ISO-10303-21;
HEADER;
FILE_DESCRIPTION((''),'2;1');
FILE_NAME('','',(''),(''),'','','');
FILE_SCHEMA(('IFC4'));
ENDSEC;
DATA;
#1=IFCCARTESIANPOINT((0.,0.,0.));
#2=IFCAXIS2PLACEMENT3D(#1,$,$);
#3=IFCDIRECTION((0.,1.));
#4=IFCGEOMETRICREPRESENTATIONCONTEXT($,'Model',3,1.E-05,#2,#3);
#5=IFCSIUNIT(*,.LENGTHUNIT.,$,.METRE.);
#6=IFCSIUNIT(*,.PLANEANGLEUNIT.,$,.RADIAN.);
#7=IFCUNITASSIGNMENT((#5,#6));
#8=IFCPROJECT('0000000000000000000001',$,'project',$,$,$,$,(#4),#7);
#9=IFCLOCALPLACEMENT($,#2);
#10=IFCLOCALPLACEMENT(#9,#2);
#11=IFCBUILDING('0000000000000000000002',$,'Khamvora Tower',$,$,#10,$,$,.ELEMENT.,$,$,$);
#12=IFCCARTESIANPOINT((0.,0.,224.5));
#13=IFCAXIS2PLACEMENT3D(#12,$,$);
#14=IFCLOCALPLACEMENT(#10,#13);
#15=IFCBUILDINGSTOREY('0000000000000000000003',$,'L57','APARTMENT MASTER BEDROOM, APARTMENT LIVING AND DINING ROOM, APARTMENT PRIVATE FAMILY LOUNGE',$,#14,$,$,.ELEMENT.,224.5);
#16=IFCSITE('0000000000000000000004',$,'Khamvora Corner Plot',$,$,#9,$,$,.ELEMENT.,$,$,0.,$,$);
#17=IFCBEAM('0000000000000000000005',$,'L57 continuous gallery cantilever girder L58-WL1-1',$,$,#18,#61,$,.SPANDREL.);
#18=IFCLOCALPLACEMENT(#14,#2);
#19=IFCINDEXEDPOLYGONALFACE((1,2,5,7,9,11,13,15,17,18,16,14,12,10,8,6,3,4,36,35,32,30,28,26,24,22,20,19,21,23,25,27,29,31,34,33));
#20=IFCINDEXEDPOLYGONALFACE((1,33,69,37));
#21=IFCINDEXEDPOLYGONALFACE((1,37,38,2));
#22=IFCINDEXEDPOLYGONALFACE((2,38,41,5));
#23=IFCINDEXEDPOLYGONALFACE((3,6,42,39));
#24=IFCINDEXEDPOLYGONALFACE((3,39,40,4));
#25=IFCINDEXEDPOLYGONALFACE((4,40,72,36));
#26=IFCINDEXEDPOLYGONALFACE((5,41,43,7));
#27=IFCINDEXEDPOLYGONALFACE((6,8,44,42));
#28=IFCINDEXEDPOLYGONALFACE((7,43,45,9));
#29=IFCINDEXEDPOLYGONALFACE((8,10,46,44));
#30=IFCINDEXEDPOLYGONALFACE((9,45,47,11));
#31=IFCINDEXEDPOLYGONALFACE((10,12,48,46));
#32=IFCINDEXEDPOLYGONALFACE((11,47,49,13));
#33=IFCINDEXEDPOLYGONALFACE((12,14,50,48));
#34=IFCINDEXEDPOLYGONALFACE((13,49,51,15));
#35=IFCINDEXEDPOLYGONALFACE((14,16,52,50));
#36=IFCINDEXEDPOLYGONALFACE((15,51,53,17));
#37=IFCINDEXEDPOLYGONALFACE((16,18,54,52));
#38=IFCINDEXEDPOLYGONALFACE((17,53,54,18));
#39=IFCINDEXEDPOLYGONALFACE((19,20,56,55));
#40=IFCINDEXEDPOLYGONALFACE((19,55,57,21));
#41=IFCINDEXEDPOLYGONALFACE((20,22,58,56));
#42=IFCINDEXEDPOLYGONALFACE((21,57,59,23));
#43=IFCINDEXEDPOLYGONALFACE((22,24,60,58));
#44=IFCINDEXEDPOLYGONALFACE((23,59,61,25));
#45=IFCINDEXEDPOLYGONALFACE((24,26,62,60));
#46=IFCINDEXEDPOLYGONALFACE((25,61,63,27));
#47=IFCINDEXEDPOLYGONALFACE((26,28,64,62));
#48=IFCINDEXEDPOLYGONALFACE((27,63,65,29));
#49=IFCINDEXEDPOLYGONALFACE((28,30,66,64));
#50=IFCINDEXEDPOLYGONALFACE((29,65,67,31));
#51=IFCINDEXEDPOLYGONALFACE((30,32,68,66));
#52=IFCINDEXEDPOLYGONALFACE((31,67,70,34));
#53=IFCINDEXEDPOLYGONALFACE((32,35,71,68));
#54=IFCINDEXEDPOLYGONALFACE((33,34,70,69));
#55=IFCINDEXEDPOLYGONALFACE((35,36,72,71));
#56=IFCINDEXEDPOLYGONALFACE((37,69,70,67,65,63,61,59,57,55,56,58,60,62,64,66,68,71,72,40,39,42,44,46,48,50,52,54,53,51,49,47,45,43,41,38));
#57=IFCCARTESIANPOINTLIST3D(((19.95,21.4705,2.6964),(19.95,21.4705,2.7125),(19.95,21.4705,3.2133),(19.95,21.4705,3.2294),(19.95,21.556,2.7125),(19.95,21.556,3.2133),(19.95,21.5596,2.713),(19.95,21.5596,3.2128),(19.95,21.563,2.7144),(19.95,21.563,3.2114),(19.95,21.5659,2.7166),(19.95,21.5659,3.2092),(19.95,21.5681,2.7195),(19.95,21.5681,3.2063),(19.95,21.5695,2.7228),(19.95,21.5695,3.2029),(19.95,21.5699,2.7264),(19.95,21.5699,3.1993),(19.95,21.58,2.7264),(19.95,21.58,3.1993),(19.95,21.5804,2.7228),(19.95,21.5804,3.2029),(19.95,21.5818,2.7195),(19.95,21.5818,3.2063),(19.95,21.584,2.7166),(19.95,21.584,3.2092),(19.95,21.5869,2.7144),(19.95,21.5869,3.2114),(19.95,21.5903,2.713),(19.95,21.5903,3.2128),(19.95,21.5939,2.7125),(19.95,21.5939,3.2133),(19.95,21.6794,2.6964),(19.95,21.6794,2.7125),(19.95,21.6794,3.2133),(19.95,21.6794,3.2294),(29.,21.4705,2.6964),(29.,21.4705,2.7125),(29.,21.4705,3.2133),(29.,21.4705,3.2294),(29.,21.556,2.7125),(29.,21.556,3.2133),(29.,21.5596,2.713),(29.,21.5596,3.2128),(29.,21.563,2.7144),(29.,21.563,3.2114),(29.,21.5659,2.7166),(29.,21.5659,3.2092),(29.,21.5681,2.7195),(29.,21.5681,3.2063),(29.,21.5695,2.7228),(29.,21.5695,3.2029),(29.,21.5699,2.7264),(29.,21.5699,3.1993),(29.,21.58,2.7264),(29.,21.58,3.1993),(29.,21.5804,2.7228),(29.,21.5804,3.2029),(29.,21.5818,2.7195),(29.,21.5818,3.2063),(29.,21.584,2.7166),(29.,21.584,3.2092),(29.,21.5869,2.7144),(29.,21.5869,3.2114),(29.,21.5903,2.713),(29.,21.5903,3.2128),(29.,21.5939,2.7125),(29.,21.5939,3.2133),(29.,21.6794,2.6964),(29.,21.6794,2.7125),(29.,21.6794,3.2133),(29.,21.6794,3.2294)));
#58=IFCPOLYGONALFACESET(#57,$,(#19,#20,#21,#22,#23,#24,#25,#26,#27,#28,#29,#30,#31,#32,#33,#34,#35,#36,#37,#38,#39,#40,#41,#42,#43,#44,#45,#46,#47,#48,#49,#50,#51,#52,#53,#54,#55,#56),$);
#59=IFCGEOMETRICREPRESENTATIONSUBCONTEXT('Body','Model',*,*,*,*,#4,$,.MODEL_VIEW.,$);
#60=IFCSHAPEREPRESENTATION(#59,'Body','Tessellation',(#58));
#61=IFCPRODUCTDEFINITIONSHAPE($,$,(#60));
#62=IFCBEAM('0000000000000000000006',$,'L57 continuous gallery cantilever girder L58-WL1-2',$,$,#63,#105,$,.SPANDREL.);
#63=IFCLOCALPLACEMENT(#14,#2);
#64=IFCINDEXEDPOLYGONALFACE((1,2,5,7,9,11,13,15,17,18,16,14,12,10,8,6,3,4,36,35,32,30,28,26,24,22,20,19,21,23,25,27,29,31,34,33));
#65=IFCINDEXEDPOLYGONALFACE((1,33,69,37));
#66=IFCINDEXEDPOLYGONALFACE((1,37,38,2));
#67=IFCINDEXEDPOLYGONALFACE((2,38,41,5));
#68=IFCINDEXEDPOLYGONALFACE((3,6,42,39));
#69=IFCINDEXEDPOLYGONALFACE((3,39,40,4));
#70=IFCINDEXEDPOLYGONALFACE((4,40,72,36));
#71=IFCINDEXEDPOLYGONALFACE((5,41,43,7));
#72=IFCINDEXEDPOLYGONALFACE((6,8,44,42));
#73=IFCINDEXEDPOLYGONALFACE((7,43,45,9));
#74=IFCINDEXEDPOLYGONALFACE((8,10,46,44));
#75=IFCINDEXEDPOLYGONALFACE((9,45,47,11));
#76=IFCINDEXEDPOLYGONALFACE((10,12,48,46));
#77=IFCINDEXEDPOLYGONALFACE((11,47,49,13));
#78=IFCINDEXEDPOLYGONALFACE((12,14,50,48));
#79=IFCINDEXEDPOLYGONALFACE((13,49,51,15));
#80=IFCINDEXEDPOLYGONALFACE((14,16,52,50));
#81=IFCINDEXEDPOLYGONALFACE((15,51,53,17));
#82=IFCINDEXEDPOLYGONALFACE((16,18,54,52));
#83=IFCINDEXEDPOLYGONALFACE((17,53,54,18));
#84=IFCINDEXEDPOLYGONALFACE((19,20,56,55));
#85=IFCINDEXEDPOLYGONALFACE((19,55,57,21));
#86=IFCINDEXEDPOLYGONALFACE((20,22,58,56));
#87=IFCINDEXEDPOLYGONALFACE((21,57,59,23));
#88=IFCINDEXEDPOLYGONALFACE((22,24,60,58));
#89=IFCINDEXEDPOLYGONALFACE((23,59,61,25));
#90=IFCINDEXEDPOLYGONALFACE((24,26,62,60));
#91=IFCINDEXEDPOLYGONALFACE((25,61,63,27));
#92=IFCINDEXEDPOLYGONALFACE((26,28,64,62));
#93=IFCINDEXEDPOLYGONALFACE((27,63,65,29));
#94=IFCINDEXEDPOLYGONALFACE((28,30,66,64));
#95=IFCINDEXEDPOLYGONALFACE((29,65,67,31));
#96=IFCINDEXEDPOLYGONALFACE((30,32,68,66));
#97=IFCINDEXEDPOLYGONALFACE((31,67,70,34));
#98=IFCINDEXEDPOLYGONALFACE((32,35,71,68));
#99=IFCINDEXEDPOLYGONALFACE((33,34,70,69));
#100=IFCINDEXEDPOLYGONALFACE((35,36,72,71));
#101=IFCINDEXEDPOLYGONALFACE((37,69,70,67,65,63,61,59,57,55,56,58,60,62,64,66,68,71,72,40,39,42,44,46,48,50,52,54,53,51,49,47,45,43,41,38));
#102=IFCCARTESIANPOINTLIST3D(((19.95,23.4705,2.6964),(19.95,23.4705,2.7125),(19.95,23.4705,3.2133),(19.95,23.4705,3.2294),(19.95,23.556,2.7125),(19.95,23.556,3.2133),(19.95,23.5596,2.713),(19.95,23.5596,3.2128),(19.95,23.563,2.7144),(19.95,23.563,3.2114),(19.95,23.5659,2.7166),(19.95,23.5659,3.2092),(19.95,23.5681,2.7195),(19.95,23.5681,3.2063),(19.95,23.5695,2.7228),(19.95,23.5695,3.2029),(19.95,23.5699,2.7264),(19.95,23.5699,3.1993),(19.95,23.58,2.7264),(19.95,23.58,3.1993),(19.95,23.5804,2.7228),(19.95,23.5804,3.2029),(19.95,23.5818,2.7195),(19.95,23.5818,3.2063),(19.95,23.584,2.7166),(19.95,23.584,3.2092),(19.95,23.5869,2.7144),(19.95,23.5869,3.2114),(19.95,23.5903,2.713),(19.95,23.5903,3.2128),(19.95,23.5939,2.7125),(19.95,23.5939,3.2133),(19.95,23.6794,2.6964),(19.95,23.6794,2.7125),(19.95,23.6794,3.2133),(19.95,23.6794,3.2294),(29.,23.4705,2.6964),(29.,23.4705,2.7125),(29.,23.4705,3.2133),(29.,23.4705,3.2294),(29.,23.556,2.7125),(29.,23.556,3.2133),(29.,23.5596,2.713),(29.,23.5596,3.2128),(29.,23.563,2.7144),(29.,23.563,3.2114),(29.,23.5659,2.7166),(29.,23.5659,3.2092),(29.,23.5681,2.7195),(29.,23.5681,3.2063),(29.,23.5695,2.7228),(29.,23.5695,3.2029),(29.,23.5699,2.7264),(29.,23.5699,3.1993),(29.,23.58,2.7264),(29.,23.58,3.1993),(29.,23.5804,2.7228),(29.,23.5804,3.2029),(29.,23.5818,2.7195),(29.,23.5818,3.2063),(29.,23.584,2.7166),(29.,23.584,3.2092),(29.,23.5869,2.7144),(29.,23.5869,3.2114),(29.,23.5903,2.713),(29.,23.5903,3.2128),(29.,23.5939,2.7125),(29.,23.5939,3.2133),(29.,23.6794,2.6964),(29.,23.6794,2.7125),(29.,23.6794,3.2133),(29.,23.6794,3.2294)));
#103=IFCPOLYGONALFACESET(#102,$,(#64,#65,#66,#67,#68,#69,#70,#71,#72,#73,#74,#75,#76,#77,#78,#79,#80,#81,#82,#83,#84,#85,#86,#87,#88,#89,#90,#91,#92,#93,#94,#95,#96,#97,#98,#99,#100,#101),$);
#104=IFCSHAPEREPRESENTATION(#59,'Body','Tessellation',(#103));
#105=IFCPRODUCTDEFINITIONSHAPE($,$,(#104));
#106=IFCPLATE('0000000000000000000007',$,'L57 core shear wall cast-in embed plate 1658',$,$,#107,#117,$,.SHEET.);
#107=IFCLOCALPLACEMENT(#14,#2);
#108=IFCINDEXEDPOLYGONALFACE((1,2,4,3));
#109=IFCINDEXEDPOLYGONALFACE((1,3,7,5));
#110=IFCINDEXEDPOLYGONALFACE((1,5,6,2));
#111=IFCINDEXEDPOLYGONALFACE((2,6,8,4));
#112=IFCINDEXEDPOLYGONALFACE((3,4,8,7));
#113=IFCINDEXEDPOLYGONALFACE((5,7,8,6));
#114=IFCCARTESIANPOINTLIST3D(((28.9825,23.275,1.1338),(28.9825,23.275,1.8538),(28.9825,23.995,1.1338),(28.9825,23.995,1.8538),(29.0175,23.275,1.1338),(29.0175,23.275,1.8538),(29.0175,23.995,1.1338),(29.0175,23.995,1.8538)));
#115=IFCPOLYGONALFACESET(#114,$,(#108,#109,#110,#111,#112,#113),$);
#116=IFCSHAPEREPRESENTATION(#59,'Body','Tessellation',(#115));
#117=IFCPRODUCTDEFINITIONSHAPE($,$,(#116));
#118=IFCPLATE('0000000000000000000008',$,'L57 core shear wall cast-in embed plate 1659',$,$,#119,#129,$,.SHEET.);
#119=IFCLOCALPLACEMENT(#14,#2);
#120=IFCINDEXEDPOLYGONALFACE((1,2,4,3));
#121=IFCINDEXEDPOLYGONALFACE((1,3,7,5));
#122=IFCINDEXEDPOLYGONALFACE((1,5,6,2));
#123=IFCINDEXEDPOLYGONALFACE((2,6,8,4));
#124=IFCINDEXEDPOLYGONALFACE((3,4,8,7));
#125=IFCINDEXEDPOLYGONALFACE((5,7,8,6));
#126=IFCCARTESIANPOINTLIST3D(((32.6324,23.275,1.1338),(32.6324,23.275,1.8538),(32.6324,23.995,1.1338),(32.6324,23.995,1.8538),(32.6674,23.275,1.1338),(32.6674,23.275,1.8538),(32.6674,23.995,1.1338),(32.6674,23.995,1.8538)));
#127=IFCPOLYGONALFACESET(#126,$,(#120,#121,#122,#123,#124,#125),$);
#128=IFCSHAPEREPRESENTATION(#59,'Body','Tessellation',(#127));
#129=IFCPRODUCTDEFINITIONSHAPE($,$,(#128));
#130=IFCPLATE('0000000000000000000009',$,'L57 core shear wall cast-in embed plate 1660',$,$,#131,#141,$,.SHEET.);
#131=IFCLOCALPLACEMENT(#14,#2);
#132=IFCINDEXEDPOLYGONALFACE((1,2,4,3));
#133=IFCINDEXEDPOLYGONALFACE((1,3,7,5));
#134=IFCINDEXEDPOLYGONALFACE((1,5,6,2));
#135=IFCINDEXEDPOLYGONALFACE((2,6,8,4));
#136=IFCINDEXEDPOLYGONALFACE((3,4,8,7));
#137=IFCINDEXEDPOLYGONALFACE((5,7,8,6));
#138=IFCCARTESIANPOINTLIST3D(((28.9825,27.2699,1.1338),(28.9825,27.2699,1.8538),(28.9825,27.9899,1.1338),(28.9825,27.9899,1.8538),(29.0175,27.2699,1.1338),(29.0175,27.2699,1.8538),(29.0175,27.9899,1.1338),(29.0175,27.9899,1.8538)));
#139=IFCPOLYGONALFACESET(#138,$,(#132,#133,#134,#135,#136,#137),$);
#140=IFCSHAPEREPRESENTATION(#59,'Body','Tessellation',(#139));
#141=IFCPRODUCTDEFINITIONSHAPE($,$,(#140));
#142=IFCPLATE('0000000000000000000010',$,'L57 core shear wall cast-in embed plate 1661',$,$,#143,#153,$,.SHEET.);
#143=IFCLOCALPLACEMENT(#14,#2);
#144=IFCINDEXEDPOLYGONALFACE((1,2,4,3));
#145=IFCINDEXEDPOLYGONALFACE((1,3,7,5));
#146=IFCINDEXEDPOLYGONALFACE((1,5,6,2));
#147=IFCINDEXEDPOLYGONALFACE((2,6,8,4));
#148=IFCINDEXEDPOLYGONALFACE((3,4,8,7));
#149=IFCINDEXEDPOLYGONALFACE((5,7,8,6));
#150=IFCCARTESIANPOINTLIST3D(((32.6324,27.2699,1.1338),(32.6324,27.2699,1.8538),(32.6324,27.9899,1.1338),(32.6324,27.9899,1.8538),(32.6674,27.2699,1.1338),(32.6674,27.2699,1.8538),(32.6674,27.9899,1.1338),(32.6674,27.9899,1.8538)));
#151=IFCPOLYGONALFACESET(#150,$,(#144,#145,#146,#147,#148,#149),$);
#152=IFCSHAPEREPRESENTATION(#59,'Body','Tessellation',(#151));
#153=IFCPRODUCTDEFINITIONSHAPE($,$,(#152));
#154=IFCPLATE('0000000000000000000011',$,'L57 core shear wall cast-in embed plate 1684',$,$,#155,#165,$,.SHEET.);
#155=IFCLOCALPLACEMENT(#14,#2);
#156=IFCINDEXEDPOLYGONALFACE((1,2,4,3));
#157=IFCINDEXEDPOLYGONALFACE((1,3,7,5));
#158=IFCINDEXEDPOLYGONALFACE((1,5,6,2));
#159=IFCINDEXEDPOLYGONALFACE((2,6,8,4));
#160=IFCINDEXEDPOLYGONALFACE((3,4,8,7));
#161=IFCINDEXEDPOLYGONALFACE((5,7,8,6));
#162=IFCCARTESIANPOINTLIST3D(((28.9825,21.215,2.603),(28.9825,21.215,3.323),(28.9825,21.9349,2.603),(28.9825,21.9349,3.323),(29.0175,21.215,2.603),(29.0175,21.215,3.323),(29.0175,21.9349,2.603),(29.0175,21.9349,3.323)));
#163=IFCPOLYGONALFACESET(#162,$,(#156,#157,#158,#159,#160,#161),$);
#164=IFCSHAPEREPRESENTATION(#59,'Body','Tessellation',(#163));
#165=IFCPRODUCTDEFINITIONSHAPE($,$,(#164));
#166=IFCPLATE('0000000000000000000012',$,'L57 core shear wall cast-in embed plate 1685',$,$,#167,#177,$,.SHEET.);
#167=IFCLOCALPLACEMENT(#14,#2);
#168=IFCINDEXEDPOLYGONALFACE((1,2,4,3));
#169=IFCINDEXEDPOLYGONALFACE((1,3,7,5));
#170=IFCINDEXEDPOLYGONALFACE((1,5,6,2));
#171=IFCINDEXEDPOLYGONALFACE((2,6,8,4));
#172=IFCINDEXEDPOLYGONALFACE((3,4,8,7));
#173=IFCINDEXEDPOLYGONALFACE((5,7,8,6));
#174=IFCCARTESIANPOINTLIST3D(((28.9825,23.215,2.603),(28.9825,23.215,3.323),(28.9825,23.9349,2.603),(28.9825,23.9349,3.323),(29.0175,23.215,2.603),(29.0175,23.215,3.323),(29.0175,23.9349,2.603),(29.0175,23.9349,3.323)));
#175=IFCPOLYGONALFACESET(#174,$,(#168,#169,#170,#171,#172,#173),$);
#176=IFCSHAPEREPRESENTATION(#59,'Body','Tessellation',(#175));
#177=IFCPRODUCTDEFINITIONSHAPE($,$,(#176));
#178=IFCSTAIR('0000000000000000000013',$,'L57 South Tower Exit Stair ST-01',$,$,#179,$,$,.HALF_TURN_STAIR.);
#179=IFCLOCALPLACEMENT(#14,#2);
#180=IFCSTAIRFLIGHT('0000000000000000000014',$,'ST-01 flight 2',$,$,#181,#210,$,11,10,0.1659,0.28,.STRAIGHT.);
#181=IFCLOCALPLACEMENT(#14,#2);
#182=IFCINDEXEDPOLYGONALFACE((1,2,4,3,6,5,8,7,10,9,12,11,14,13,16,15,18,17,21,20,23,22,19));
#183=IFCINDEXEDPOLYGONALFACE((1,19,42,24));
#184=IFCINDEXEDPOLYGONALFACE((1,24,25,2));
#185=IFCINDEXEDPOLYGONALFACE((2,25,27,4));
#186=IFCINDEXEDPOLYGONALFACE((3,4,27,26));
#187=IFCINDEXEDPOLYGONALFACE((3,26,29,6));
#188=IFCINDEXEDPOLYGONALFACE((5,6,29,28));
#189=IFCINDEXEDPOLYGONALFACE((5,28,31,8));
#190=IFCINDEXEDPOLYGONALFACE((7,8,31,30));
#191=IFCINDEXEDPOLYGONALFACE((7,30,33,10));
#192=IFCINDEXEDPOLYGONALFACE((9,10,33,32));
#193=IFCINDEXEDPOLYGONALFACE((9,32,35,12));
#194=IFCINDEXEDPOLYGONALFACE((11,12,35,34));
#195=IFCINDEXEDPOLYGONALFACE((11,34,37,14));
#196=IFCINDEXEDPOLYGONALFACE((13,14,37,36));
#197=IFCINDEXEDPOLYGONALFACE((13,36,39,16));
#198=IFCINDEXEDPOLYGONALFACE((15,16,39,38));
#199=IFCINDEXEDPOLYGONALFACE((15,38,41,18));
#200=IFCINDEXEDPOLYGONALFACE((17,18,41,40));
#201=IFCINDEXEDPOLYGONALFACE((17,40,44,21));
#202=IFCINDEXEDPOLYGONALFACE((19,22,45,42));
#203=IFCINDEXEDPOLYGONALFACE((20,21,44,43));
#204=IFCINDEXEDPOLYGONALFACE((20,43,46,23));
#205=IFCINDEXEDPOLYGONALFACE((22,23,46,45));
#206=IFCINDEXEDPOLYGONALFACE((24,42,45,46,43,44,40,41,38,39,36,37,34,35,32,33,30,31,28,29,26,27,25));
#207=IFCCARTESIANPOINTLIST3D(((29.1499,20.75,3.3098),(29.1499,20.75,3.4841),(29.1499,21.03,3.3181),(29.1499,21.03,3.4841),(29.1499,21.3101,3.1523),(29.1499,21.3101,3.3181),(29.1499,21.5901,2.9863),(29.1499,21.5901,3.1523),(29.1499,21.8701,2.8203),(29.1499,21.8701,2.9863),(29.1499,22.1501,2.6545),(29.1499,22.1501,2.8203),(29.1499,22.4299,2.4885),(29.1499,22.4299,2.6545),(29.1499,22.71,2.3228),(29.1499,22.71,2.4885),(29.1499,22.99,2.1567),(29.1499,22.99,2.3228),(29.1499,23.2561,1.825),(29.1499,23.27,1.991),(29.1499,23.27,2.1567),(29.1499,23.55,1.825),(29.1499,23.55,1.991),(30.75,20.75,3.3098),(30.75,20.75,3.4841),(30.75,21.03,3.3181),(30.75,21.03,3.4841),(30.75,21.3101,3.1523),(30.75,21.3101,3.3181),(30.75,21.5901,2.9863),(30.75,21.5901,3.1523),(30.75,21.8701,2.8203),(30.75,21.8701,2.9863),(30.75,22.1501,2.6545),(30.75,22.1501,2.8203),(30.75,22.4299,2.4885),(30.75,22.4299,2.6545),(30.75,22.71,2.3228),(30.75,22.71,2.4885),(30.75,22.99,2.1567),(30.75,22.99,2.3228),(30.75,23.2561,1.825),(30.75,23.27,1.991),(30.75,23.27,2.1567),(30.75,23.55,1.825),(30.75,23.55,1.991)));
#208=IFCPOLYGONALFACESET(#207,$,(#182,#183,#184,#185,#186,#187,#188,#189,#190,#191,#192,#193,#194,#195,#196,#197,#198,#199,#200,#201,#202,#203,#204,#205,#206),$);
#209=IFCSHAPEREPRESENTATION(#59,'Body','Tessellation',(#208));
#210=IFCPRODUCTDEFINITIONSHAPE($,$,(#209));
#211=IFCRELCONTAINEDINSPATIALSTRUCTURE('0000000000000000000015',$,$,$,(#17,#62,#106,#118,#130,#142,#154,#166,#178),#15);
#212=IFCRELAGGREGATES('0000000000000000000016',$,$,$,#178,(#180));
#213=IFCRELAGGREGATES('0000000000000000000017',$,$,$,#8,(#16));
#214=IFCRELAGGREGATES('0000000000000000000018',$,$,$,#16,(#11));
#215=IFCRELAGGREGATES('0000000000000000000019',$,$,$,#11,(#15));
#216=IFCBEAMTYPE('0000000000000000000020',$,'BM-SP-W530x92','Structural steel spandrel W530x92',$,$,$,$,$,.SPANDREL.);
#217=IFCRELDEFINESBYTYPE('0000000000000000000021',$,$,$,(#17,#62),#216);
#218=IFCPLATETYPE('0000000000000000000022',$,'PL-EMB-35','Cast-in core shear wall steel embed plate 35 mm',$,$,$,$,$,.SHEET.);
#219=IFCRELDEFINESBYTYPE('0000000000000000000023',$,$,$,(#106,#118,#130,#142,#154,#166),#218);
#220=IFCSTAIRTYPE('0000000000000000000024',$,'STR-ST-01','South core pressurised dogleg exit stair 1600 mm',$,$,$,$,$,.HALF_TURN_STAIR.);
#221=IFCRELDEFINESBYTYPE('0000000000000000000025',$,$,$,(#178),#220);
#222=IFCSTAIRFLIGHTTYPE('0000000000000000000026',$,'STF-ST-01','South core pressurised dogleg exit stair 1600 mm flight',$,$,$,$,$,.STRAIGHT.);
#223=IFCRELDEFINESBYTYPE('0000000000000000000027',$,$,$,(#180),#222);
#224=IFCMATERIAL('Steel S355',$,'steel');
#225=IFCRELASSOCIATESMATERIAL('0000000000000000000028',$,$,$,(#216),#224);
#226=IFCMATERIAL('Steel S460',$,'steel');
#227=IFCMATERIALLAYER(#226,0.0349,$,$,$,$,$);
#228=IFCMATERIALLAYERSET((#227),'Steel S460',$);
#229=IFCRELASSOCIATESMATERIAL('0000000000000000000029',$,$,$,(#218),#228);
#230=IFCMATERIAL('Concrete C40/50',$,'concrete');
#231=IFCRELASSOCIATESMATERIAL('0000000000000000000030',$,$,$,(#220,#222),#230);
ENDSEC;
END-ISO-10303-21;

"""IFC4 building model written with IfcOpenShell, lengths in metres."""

from ifc_helpers import new_model, si_unit, direction, frame, origin, origin_2d, place, context, subcontext, project, spatial, polyline, rectangle, i_section, outline, extrude, material, layer, layer_set, material_profile, profile_set, type_object, element, aggregate, save


model = new_model("IFC4")

# Units and contexts
model_context = context("Model", 3, precision=1e-05, world=origin(), true_north=direction((0.0, 1.0)))
body_context = subcontext(model_context, "Body", "Model", "MODEL_VIEW")
ifc_project = project(units=[si_unit("LENGTHUNIT", "METRE"), si_unit("PLANEANGLEUNIT", "RADIAN")], contexts=[model_context])

# Site, building, storey
site_placement = place(None, origin())
site = spatial("IfcSite", under=ifc_project, at=site_placement, Name="Khamvora Corner Plot", CompositionType="ELEMENT", RefElevation=0.0)
building_placement = place(site_placement, origin())
building = spatial("IfcBuilding", under=site, at=building_placement, Name="Khamvora Tower", CompositionType="ELEMENT")
storey_placement = place(building_placement, frame((0.0, 0.0, 224.5)))
storey = spatial("IfcBuildingStorey", under=building, at=storey_placement, Name="L57", Description="APARTMENT MASTER BEDROOM, APARTMENT LIVING AND DINING ROOM, APARTMENT PRIVATE FAMILY LOUNGE", CompositionType="ELEMENT", Elevation=224.5)

# Shared definitions
ifc_material_1 = material(Name="Steel S460", Category="steel")

# Beams
ifc_material_2 = material(Name="Steel S355", Category="steel")
ifc_material_profile_1 = material_profile(ifc_material_2, i_section(OverallWidth=0.209, OverallDepth=0.533, WebThickness=0.01, FlangeThickness=0.0161, FilletRadius=0.0139, at=origin_2d()), Name="W530x92")
ifc_profile_set_1 = profile_set([ifc_material_profile_1], Name="Steel S355")
beam_type_1 = type_object("IfcBeamType", Name="BM-SP-W530x92", Description="Structural steel spandrel W530x92", PredefinedType="SPANDREL", material=ifc_profile_set_1)
for number, where, z_axis, x_axis, name in (
    (1, (29.0, 21.575, 2.9629), (-1.0, 0.0, 0.0), (0.0, -1.0, 0.0), "L57 continuous gallery cantilever girder L58-WL1-1"),
    (2, (29.0, 23.575, 2.9629), (-1.0, 0.0, 0.0), (0.0, -1.0, 0.0), "L57 continuous gallery cantilever girder L58-WL1-2"),
):
    element("IfcBeam", number, at=place(storey_placement, frame(where, z_axis=z_axis, x_axis=x_axis)), inside=storey, type_object=beam_type_1, Name=name, PredefinedType="SPANDREL", context=body_context, shape_type="SweptSolid", body=[
        extrude(i_section(OverallWidth=0.209, OverallDepth=0.533, WebThickness=0.01, FlangeThickness=0.0161, FilletRadius=0.0139, at=origin_2d()), origin(), (0.0, 0.0, 1.0), 9.05),
    ])

# Plates
ifc_layer_1 = layer(ifc_material_1, 0.0349)
ifc_layer_set_1 = layer_set([ifc_layer_1], Name="Steel S460")
plate_type = type_object("IfcPlateType", Name="PL-EMB-35", Description="Cast-in core shear wall steel embed plate 35 mm", PredefinedType="SHEET", material=ifc_layer_set_1)
for number, where, z_axis, x_axis, name in (
    (3, (29.0, 23.635, 1.1338), (0.0, 0.0, 1.0), (1.0, 0.0, 0.0), "L57 core shear wall cast-in embed plate 1658"),
    (4, (32.6499, 23.635, 1.1338), (0.0, 0.0, 1.0), (1.0, 0.0, 0.0), "L57 core shear wall cast-in embed plate 1659"),
    (5, (29.0, 27.6299, 1.1338), (0.0, 0.0, 1.0), (1.0, 0.0, 0.0), "L57 core shear wall cast-in embed plate 1660"),
    (6, (32.6499, 27.6299, 1.1338), (0.0, 0.0, 1.0), (1.0, 0.0, 0.0), "L57 core shear wall cast-in embed plate 1661"),
    (7, (29.0, 21.575, 2.603), (0.0, 0.0, 1.0), (1.0, 0.0, 0.0), "L57 core shear wall cast-in embed plate 1684"),
    (8, (29.0, 23.575, 2.603), (0.0, 0.0, 1.0), (1.0, 0.0, 0.0), "L57 core shear wall cast-in embed plate 1685"),
):
    element("IfcPlate", number, at=place(storey_placement, frame(where, z_axis=z_axis, x_axis=x_axis)), inside=storey, type_object=plate_type, Name=name, PredefinedType="SHEET", context=body_context, shape_type="SweptSolid", body=[
        extrude(rectangle(XDim=0.0349, YDim=0.72, at=origin_2d()), origin(), (0.0, 0.0, 1.0), 0.72),
    ])

# Stair, stair flight
ifc_material_3 = material(Name="Concrete C40/50", Category="concrete")
stair_type = type_object("IfcStairType", Name="STR-ST-01", Description="South core pressurised dogleg exit stair 1600 mm", PredefinedType="HALF_TURN_STAIR", material=ifc_material_3)
stair_placement = place(storey_placement, origin())
stair = element("IfcStair", 9, at=stair_placement, inside=storey, type_object=stair_type, Name="L57 South Tower Exit Stair ST-01", PredefinedType="HALF_TURN_STAIR")
stair_flight_type = type_object("IfcStairFlightType", Name="STF-ST-01", Description="South core pressurised dogleg exit stair 1600 mm flight", PredefinedType="STRAIGHT", material=ifc_material_3)
stair_flight_placement = place(storey_placement, frame((29.95, 23.55, 1.825), z_axis=(0.0, 0.0, 1.0), x_axis=(0.0, -1.0, 0.0)))
stair_flight = element("IfcStairFlight", 10, at=stair_flight_placement, type_object=stair_flight_type, Name="ST-01 flight 2", NumberOfRisers=11, NumberOfTreads=10, PredefinedType="STRAIGHT", RiserHeight=0.1659, TreadLength=0.28, context=body_context, shape_type="SweptSolid", body=[
    extrude(outline(polyline([(0.0, 0.0), (0.0, 0.166), (0.28, 0.166), (0.28, 0.3318), (0.5601, 0.3318), (0.5601, 0.4978), (0.8401, 0.4978), (0.8401, 0.6636), (1.1201, 0.6636), (1.1201, 0.8296), (1.3999, 0.8296), (1.3999, 0.9954), (1.6799, 0.9954), (1.6799, 1.1614), (1.96, 1.1614), (1.96, 1.3274), (2.24, 1.3274), (2.24, 1.4932), (2.52, 1.4932), (2.52, 1.6592), (2.8, 1.6592), (2.8, 1.825), (2.8, 1.4849), (0.2939, 0.0), (0.0, 0.0)])), frame((0.0, 0.8, 0.0), z_axis=(0.0, -1.0, 0.0), x_axis=(1.0, 0.0, 0.0)), (0.0, 0.0, 1.0), 1.6001),
])
aggregate(stair, [stair_flight])

save(model, "model.ifc")
